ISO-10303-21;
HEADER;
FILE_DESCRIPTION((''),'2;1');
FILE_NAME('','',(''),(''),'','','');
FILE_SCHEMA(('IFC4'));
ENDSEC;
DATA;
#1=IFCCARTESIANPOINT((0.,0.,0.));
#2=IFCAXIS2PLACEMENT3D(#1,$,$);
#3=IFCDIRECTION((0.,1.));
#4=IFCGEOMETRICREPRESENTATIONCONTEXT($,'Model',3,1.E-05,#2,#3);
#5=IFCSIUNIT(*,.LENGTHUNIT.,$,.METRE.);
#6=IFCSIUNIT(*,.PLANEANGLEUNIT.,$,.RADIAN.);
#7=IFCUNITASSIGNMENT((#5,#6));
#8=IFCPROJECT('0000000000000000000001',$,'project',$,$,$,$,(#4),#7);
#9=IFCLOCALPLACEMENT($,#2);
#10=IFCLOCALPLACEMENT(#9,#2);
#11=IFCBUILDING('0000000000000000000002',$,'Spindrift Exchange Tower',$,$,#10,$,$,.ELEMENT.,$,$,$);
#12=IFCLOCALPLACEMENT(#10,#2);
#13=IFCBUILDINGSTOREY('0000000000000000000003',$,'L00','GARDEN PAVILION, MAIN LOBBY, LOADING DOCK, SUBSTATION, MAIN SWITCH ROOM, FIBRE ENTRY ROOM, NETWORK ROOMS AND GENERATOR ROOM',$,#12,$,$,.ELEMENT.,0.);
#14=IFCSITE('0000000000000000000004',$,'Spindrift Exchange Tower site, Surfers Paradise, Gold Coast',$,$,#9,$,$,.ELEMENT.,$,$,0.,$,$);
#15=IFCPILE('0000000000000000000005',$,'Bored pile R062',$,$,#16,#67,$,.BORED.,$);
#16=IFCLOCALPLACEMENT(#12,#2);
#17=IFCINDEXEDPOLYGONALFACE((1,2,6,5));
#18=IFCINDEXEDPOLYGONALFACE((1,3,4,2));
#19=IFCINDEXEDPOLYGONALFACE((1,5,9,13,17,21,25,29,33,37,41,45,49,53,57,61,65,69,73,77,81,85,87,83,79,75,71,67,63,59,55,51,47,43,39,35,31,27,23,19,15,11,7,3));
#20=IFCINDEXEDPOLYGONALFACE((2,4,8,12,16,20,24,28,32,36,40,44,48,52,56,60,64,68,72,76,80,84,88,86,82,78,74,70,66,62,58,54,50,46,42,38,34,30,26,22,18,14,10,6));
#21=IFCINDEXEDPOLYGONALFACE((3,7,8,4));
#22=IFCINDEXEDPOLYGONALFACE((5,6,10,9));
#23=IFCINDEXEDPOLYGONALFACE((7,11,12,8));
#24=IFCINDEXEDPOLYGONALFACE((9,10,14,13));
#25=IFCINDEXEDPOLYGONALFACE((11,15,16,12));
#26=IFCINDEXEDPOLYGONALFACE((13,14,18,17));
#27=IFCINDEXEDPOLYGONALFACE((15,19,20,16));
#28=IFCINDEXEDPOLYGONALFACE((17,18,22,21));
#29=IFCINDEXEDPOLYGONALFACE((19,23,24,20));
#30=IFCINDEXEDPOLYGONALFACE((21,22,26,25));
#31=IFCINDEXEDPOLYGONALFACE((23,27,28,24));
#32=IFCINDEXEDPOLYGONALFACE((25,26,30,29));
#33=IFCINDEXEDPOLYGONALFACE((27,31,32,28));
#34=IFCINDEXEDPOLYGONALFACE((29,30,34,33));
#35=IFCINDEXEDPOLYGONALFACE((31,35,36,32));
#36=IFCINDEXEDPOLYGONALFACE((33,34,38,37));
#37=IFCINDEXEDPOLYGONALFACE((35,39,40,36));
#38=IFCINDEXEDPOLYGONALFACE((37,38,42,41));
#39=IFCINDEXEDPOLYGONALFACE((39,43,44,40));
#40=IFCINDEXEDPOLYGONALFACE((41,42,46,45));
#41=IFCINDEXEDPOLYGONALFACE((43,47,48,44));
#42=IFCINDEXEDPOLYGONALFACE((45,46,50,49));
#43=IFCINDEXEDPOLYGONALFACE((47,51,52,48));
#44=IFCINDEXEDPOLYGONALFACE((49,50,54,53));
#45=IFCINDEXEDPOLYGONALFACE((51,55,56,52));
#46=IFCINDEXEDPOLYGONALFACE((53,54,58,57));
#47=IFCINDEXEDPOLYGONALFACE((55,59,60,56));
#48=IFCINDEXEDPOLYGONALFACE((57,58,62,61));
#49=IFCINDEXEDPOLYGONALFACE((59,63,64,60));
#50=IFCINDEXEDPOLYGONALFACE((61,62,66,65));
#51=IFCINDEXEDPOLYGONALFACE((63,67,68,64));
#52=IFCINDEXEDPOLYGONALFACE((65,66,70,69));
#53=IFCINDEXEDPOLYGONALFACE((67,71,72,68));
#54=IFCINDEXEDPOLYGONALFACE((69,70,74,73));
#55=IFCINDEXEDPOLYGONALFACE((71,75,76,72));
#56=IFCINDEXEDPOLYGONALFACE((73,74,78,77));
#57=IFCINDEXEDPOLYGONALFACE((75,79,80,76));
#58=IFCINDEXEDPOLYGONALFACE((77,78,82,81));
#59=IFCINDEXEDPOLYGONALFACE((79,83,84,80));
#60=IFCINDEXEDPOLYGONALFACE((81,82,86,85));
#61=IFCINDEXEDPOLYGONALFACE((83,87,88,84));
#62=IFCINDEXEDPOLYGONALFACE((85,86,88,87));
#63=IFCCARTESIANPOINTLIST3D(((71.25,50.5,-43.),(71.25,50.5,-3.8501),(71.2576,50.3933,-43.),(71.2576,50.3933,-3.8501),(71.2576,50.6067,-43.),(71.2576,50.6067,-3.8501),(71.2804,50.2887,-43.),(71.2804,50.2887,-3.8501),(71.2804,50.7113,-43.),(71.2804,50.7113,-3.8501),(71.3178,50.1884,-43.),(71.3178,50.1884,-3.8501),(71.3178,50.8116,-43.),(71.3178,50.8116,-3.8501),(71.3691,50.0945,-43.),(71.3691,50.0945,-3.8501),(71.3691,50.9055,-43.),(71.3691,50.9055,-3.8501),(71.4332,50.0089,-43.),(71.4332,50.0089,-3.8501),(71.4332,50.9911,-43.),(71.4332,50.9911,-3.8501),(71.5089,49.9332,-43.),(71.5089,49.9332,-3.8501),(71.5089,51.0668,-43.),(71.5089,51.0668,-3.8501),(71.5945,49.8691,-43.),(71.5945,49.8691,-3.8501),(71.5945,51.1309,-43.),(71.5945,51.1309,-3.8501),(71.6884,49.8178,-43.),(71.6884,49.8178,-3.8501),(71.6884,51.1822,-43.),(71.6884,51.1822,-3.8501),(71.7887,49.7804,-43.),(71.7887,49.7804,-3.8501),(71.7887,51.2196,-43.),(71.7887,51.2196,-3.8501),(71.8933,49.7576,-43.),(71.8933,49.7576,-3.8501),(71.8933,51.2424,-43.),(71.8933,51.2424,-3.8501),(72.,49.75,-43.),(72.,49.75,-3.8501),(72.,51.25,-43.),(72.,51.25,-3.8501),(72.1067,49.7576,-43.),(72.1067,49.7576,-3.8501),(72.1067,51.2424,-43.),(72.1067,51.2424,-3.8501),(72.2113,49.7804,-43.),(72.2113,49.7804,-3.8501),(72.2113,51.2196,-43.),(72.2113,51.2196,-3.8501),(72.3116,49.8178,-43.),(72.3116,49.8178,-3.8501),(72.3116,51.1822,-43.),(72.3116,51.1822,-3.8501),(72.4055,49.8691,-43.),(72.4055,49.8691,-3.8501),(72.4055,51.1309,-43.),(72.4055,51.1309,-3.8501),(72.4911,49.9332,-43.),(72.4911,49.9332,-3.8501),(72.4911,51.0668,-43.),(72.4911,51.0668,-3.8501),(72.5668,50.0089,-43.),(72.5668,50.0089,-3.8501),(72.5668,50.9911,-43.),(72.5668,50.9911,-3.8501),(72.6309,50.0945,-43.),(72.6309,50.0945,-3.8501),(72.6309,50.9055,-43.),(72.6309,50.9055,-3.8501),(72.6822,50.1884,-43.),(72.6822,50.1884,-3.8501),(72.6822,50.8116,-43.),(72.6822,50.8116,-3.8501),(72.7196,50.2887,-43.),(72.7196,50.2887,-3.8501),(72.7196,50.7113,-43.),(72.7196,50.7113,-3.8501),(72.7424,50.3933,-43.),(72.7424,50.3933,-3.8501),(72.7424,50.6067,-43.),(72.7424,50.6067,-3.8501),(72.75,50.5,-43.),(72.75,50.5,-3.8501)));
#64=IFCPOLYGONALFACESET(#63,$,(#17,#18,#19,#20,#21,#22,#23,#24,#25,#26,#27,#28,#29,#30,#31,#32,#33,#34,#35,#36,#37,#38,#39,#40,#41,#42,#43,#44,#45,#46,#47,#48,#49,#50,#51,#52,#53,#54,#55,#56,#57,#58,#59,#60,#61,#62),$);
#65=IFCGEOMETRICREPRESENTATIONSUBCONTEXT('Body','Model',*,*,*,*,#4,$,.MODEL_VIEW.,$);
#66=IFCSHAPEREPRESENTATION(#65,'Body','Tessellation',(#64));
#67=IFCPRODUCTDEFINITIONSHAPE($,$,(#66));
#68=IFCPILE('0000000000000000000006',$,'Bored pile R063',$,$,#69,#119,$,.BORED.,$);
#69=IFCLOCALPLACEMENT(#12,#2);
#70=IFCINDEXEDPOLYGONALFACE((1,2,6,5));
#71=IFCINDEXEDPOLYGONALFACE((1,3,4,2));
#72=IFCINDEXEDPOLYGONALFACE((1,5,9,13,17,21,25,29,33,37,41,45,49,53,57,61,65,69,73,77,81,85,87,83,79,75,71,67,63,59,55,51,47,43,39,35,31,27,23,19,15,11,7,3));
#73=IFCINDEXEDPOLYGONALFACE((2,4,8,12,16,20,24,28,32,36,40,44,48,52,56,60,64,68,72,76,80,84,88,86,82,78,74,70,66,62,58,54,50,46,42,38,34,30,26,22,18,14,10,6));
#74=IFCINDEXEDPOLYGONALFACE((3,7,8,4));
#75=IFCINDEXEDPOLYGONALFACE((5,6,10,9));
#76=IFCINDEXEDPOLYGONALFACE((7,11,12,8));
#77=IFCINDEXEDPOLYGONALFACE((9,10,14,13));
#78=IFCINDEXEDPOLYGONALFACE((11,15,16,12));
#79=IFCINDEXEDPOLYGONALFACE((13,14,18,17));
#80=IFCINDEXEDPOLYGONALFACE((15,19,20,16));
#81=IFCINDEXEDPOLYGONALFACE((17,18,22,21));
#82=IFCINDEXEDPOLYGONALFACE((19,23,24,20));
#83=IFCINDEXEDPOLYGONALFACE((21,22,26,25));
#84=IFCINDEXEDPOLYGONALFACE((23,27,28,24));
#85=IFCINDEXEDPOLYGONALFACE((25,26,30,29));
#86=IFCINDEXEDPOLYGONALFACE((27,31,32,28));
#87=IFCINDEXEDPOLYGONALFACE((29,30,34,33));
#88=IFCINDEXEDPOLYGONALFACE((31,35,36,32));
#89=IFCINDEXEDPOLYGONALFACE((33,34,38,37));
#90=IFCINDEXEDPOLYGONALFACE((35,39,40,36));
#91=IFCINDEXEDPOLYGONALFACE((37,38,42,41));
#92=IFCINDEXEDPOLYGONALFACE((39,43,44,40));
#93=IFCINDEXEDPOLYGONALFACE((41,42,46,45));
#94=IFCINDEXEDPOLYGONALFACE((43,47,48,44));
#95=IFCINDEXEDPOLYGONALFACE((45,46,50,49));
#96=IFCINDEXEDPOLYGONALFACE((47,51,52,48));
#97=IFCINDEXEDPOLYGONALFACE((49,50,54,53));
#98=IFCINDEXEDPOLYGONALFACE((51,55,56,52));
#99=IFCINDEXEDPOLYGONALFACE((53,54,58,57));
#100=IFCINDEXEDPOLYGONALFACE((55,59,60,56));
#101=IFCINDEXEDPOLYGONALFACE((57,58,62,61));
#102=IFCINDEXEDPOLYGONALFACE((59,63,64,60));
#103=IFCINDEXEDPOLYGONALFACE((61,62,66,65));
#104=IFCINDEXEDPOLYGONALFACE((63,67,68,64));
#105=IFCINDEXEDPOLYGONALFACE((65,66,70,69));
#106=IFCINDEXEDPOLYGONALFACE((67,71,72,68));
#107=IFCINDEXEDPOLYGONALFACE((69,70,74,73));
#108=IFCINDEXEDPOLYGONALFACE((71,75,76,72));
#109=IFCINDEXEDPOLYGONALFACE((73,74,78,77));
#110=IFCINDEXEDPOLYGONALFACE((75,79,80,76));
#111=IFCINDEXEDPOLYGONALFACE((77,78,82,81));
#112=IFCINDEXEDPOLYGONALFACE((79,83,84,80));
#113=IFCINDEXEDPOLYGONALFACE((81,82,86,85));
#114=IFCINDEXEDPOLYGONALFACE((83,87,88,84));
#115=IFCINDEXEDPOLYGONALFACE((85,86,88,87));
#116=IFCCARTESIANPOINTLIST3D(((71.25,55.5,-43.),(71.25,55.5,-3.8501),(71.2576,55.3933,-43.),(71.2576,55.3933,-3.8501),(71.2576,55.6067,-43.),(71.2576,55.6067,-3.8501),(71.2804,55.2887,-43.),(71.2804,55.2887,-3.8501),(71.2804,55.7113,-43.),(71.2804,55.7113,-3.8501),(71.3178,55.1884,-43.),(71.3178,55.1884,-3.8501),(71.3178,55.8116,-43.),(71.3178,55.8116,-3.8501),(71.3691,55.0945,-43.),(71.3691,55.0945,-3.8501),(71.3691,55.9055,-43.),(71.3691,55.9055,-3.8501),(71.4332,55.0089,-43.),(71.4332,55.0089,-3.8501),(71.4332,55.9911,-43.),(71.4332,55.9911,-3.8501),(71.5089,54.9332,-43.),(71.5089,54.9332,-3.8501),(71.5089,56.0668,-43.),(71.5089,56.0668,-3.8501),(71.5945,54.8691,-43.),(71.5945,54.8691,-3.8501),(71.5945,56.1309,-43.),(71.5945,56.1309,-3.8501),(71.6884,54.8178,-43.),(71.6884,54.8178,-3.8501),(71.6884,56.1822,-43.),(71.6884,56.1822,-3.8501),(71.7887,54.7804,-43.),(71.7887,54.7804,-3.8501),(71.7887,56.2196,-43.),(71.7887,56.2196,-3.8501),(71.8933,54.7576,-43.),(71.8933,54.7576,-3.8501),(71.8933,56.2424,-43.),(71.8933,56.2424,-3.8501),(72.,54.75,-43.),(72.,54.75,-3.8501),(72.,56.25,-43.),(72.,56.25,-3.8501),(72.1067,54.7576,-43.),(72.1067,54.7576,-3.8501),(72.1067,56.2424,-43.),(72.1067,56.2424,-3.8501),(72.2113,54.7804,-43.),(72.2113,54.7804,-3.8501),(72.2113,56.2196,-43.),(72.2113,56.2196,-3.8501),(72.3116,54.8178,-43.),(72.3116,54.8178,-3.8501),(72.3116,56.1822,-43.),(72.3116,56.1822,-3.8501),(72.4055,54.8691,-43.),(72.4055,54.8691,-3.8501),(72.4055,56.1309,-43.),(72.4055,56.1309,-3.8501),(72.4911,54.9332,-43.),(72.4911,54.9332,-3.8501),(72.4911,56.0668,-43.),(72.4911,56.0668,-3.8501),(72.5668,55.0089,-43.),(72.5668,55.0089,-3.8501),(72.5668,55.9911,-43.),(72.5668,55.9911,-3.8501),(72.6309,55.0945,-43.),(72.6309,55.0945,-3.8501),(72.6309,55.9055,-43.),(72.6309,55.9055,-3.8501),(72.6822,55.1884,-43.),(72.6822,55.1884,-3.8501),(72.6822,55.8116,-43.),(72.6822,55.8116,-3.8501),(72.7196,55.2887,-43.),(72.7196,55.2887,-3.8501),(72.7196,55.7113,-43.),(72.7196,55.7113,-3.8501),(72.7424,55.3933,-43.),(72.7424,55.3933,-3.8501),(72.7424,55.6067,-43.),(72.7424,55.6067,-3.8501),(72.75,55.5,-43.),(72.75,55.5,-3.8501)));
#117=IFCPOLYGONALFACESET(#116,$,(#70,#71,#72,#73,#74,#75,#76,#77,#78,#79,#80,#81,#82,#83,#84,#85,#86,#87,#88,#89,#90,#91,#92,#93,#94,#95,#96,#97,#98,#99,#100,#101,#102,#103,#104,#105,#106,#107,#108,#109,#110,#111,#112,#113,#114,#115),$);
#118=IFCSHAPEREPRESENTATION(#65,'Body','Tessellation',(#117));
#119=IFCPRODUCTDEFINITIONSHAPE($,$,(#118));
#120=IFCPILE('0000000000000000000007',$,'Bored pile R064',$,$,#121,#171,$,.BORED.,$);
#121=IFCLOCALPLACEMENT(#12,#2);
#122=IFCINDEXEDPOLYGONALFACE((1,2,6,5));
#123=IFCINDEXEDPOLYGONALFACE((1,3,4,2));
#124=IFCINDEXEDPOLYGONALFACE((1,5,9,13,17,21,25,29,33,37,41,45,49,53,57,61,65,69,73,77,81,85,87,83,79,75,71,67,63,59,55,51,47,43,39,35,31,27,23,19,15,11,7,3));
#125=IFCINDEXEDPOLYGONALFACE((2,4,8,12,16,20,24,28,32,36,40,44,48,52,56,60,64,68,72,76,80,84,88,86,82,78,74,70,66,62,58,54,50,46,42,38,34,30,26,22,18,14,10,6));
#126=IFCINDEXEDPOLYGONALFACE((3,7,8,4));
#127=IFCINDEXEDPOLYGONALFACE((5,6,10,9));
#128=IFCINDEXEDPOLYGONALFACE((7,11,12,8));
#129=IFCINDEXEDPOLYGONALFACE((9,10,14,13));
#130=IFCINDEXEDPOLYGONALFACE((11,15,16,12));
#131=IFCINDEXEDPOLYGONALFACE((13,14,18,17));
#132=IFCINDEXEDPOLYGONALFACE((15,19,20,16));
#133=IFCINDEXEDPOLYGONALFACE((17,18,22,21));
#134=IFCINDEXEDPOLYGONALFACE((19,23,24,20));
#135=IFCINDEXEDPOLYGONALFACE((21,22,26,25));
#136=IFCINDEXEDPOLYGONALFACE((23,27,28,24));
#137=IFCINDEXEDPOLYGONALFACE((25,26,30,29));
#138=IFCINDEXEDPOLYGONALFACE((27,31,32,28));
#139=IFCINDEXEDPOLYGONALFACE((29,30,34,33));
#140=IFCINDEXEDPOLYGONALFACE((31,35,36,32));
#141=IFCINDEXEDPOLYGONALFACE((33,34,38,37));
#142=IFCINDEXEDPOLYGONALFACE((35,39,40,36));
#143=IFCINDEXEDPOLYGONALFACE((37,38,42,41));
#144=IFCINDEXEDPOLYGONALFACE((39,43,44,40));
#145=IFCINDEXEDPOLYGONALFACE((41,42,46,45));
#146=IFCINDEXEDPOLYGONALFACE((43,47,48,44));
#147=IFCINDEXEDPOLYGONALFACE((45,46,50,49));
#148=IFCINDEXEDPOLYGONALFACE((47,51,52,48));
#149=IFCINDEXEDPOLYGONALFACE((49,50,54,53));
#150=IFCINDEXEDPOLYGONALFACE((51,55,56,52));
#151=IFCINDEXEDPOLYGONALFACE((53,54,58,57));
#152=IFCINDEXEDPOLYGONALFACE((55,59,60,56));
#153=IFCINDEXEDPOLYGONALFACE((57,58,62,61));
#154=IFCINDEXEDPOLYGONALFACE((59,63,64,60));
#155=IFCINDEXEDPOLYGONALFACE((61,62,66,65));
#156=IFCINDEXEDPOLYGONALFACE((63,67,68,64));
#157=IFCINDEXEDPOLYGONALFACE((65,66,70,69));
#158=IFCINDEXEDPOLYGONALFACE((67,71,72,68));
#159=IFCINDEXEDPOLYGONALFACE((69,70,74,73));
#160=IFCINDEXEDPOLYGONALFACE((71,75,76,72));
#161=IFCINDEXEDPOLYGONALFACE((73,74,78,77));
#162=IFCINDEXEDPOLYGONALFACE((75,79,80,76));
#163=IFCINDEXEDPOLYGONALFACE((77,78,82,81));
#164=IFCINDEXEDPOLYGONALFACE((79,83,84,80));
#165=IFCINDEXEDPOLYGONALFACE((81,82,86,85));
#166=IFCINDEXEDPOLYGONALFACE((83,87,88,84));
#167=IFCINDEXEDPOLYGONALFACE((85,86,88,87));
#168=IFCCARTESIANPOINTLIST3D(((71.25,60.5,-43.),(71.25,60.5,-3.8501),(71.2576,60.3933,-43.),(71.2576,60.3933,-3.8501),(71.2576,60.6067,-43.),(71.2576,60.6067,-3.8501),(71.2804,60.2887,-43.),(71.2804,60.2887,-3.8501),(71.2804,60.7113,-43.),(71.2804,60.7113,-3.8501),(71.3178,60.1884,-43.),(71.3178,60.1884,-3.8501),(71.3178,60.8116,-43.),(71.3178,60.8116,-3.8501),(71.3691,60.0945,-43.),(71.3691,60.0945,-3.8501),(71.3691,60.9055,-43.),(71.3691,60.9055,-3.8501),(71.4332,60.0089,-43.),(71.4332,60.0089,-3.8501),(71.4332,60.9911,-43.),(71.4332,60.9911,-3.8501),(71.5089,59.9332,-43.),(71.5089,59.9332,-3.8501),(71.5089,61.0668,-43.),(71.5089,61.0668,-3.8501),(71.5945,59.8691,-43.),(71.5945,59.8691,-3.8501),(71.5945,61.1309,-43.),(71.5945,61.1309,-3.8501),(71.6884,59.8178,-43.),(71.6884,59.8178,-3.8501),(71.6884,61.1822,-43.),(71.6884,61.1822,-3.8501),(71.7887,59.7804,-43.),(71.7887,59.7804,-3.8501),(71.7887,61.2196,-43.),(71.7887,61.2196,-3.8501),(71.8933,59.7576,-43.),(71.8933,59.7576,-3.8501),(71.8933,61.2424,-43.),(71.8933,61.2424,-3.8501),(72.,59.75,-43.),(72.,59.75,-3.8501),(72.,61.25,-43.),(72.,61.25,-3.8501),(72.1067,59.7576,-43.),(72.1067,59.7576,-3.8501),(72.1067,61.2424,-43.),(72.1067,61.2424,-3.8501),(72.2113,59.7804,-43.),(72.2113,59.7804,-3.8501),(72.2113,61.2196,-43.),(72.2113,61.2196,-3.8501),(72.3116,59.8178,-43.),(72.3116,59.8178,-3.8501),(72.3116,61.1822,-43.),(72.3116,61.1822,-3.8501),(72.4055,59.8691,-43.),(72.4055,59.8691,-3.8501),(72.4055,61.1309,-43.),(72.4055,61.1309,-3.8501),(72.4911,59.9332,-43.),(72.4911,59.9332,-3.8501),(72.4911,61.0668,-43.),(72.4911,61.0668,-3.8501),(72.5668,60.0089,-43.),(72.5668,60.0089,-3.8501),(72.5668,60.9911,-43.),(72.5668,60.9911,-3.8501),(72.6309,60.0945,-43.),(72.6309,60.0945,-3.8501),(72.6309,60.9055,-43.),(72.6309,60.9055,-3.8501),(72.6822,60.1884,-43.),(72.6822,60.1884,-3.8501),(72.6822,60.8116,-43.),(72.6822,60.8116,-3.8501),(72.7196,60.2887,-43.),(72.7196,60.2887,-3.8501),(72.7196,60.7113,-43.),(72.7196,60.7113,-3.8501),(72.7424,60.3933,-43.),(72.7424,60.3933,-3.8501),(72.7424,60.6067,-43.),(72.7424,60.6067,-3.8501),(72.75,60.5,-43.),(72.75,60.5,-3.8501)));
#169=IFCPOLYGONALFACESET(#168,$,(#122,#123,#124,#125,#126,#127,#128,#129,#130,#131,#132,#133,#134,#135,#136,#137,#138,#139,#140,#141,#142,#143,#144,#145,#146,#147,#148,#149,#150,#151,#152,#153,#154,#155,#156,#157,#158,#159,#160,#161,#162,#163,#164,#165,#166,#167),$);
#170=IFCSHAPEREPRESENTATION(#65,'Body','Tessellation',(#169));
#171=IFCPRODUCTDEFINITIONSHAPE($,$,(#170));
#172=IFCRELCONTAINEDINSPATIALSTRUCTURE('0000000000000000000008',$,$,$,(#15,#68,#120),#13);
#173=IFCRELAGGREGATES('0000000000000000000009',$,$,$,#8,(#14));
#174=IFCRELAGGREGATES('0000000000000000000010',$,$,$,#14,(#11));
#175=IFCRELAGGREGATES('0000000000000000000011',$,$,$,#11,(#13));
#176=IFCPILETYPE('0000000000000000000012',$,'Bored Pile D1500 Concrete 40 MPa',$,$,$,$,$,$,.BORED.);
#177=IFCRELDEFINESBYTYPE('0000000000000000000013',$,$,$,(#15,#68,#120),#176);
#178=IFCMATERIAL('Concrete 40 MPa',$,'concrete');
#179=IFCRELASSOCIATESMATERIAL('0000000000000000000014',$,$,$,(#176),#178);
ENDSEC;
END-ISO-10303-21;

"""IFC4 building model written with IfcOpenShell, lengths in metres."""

from ifc_helpers import new_model, si_unit, direction, frame, origin, origin_2d, place, context, subcontext, project, spatial, circle, extrude, source, transform, mapped, material, material_profile, profile_set, type_object, element, save


model = new_model("IFC4")

# Units and contexts
model_context = context("Model", 3, precision=1e-05, world=origin(), true_north=direction((0.0, 1.0)))
body_context = subcontext(model_context, "Body", "Model", "MODEL_VIEW")
ifc_project = project(units=[si_unit("LENGTHUNIT", "METRE"), si_unit("PLANEANGLEUNIT", "RADIAN")], contexts=[model_context])

# Site, building, storey
site_placement = place(None, origin())
site = spatial("IfcSite", under=ifc_project, at=site_placement, Name="Spindrift Exchange Tower site, Surfers Paradise, Gold Coast", CompositionType="ELEMENT", RefElevation=0.0)
building_placement = place(site_placement, origin())
building = spatial("IfcBuilding", under=site, at=building_placement, Name="Spindrift Exchange Tower", CompositionType="ELEMENT")
storey_placement = place(building_placement, origin())
storey = spatial("IfcBuildingStorey", under=building, at=storey_placement, Name="L00", Description="GARDEN PAVILION, MAIN LOBBY, LOADING DOCK, SUBSTATION, MAIN SWITCH ROOM, FIBRE ENTRY ROOM, NETWORK ROOMS AND GENERATOR ROOM", CompositionType="ELEMENT", Elevation=0.0)

# Piles
ifc_material_1 = material(Name="Concrete 40 MPa", Category="concrete")
ifc_material_profile_1 = material_profile(ifc_material_1, circle(Radius=0.75, at=origin_2d()), Name="BP D1500")
ifc_profile_set_1 = profile_set([ifc_material_profile_1], Name="Concrete 40 MPa")
pile_type_1 = type_object("IfcPileType", Name="Bored Pile D1500 Concrete 40 MPa", PredefinedType="BORED", material=ifc_profile_set_1)
shared_shape_1 = source(origin(), body_context, "Body", "SweptSolid", [
    extrude(circle(Radius=0.75, at=origin_2d()), origin(), (0.0, 0.0, 1.0), 39.1499),
])
for number, where, z_axis, x_axis, name in (
    (1, (72.0, 50.5, -3.8501), (0.0, 0.0, -1.0), (1.0, 0.0, 0.0), "Bored pile R062"),
    (2, (72.0, 55.5, -3.8501), (0.0, 0.0, -1.0), (1.0, 0.0, 0.0), "Bored pile R063"),
    (3, (72.0, 60.5, -3.8501), (0.0, 0.0, -1.0), (1.0, 0.0, 0.0), "Bored pile R064"),
):
    element("IfcPile", number, at=place(storey_placement, frame(where, z_axis=z_axis, x_axis=x_axis)), inside=storey, type_object=pile_type_1, Name=name, PredefinedType="BORED", context=body_context, shape_type="MappedRepresentation", body=[
        mapped(shared_shape_1, transform((0.0, 0.0, 0.0), scale=1.0)),
    ])

save(model, "model.ifc")
